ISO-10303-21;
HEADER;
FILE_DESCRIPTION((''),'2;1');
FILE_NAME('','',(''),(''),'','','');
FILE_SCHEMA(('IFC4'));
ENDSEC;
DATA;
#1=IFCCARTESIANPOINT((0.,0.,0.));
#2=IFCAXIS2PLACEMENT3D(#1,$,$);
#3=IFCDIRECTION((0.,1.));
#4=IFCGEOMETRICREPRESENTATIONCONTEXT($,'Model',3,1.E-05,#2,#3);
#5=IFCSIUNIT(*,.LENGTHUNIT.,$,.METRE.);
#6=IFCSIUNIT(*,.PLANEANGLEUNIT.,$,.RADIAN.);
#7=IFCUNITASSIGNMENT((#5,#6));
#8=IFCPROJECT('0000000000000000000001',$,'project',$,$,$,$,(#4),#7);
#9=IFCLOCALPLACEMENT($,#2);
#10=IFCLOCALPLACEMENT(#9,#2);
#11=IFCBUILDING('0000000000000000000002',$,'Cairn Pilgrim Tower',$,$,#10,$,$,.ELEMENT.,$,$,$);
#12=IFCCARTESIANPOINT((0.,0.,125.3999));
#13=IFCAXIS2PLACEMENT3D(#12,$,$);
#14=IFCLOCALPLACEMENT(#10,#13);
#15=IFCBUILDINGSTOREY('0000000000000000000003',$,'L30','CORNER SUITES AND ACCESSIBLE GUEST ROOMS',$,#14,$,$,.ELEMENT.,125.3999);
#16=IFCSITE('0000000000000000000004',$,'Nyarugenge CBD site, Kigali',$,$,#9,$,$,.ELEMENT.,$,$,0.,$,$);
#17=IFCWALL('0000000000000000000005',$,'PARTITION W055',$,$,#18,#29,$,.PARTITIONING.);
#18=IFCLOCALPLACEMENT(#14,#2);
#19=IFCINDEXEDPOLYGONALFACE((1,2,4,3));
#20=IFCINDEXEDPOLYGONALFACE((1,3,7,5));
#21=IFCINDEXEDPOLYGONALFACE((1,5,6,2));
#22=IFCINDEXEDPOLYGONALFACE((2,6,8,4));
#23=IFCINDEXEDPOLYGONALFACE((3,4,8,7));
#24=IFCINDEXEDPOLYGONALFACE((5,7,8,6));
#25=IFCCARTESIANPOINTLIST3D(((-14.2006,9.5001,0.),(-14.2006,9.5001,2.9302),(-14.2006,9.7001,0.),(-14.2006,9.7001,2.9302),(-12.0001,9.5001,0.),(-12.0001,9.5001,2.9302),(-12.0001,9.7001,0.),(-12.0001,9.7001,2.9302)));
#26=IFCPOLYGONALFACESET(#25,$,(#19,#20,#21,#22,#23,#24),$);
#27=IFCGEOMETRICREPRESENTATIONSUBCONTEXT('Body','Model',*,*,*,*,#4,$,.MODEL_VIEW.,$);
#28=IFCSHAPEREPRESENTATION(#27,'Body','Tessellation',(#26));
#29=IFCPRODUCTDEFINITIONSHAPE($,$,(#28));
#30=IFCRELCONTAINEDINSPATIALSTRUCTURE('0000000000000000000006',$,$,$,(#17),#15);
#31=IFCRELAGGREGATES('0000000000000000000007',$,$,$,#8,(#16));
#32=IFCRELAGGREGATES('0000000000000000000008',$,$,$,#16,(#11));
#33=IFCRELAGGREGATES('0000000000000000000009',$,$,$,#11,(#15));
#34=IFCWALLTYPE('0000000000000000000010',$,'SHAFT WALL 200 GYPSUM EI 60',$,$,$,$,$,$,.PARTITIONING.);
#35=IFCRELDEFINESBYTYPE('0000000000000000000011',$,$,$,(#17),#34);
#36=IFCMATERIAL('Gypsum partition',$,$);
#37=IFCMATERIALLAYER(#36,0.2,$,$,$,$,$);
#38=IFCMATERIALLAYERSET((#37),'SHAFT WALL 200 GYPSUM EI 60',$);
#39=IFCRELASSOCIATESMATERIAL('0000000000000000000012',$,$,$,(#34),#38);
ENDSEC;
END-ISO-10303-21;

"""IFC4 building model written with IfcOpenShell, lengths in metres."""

from ifc_helpers import new_model, si_unit, direction, frame, frame_2d, origin, place, context, subcontext, project, spatial, rectangle, extrude, material, layer, layer_set, type_object, element, save


model = new_model("IFC4")

# Units and contexts
model_context = context("Model", 3, precision=1e-05, world=origin(), true_north=direction((0.0, 1.0)))
body_context = subcontext(model_context, "Body", "Model", "MODEL_VIEW")
ifc_project = project(units=[si_unit("LENGTHUNIT", "METRE"), si_unit("PLANEANGLEUNIT", "RADIAN")], contexts=[model_context])

# Site, building, storey
site_placement = place(None, origin())
site = spatial("IfcSite", under=ifc_project, at=site_placement, Name="Nyarugenge CBD site, Kigali", CompositionType="ELEMENT", RefElevation=0.0)
building_placement = place(site_placement, origin())
building = spatial("IfcBuilding", under=site, at=building_placement, Name="Cairn Pilgrim Tower", CompositionType="ELEMENT")
storey_placement = place(building_placement, frame((0.0, 0.0, 125.3999)))
storey = spatial("IfcBuildingStorey", under=building, at=storey_placement, Name="L30", Description="CORNER SUITES AND ACCESSIBLE GUEST ROOMS", CompositionType="ELEMENT", Elevation=125.3999)

# Shared definitions
ifc_material_1 = material(Name="Gypsum partition")

# Wall
ifc_layer_1 = layer(ifc_material_1, 0.2)
ifc_layer_set_1 = layer_set([ifc_layer_1], Name="SHAFT WALL 200 GYPSUM EI 60")
wall_type_1 = type_object("IfcWallType", Name="SHAFT WALL 200 GYPSUM EI 60", PredefinedType="PARTITIONING", material=ifc_layer_set_1)
wall_1_placement = place(storey_placement, frame((-14.2004, 9.6001, 0.0), z_axis=(0.0, 0.0, 1.0), x_axis=(1.0, 0.0, 0.0)))
element("IfcWall", 1, at=wall_1_placement, inside=storey, type_object=wall_type_1, Name="PARTITION W055", PredefinedType="PARTITIONING", context=body_context, shape_type="SweptSolid", body=[
    extrude(rectangle(XDim=2.2004, YDim=0.2, at=frame_2d((1.1001, 0.0))), origin(), (0.0, 0.0, 1.0), 2.9302),
])

save(model, "model.ifc")
